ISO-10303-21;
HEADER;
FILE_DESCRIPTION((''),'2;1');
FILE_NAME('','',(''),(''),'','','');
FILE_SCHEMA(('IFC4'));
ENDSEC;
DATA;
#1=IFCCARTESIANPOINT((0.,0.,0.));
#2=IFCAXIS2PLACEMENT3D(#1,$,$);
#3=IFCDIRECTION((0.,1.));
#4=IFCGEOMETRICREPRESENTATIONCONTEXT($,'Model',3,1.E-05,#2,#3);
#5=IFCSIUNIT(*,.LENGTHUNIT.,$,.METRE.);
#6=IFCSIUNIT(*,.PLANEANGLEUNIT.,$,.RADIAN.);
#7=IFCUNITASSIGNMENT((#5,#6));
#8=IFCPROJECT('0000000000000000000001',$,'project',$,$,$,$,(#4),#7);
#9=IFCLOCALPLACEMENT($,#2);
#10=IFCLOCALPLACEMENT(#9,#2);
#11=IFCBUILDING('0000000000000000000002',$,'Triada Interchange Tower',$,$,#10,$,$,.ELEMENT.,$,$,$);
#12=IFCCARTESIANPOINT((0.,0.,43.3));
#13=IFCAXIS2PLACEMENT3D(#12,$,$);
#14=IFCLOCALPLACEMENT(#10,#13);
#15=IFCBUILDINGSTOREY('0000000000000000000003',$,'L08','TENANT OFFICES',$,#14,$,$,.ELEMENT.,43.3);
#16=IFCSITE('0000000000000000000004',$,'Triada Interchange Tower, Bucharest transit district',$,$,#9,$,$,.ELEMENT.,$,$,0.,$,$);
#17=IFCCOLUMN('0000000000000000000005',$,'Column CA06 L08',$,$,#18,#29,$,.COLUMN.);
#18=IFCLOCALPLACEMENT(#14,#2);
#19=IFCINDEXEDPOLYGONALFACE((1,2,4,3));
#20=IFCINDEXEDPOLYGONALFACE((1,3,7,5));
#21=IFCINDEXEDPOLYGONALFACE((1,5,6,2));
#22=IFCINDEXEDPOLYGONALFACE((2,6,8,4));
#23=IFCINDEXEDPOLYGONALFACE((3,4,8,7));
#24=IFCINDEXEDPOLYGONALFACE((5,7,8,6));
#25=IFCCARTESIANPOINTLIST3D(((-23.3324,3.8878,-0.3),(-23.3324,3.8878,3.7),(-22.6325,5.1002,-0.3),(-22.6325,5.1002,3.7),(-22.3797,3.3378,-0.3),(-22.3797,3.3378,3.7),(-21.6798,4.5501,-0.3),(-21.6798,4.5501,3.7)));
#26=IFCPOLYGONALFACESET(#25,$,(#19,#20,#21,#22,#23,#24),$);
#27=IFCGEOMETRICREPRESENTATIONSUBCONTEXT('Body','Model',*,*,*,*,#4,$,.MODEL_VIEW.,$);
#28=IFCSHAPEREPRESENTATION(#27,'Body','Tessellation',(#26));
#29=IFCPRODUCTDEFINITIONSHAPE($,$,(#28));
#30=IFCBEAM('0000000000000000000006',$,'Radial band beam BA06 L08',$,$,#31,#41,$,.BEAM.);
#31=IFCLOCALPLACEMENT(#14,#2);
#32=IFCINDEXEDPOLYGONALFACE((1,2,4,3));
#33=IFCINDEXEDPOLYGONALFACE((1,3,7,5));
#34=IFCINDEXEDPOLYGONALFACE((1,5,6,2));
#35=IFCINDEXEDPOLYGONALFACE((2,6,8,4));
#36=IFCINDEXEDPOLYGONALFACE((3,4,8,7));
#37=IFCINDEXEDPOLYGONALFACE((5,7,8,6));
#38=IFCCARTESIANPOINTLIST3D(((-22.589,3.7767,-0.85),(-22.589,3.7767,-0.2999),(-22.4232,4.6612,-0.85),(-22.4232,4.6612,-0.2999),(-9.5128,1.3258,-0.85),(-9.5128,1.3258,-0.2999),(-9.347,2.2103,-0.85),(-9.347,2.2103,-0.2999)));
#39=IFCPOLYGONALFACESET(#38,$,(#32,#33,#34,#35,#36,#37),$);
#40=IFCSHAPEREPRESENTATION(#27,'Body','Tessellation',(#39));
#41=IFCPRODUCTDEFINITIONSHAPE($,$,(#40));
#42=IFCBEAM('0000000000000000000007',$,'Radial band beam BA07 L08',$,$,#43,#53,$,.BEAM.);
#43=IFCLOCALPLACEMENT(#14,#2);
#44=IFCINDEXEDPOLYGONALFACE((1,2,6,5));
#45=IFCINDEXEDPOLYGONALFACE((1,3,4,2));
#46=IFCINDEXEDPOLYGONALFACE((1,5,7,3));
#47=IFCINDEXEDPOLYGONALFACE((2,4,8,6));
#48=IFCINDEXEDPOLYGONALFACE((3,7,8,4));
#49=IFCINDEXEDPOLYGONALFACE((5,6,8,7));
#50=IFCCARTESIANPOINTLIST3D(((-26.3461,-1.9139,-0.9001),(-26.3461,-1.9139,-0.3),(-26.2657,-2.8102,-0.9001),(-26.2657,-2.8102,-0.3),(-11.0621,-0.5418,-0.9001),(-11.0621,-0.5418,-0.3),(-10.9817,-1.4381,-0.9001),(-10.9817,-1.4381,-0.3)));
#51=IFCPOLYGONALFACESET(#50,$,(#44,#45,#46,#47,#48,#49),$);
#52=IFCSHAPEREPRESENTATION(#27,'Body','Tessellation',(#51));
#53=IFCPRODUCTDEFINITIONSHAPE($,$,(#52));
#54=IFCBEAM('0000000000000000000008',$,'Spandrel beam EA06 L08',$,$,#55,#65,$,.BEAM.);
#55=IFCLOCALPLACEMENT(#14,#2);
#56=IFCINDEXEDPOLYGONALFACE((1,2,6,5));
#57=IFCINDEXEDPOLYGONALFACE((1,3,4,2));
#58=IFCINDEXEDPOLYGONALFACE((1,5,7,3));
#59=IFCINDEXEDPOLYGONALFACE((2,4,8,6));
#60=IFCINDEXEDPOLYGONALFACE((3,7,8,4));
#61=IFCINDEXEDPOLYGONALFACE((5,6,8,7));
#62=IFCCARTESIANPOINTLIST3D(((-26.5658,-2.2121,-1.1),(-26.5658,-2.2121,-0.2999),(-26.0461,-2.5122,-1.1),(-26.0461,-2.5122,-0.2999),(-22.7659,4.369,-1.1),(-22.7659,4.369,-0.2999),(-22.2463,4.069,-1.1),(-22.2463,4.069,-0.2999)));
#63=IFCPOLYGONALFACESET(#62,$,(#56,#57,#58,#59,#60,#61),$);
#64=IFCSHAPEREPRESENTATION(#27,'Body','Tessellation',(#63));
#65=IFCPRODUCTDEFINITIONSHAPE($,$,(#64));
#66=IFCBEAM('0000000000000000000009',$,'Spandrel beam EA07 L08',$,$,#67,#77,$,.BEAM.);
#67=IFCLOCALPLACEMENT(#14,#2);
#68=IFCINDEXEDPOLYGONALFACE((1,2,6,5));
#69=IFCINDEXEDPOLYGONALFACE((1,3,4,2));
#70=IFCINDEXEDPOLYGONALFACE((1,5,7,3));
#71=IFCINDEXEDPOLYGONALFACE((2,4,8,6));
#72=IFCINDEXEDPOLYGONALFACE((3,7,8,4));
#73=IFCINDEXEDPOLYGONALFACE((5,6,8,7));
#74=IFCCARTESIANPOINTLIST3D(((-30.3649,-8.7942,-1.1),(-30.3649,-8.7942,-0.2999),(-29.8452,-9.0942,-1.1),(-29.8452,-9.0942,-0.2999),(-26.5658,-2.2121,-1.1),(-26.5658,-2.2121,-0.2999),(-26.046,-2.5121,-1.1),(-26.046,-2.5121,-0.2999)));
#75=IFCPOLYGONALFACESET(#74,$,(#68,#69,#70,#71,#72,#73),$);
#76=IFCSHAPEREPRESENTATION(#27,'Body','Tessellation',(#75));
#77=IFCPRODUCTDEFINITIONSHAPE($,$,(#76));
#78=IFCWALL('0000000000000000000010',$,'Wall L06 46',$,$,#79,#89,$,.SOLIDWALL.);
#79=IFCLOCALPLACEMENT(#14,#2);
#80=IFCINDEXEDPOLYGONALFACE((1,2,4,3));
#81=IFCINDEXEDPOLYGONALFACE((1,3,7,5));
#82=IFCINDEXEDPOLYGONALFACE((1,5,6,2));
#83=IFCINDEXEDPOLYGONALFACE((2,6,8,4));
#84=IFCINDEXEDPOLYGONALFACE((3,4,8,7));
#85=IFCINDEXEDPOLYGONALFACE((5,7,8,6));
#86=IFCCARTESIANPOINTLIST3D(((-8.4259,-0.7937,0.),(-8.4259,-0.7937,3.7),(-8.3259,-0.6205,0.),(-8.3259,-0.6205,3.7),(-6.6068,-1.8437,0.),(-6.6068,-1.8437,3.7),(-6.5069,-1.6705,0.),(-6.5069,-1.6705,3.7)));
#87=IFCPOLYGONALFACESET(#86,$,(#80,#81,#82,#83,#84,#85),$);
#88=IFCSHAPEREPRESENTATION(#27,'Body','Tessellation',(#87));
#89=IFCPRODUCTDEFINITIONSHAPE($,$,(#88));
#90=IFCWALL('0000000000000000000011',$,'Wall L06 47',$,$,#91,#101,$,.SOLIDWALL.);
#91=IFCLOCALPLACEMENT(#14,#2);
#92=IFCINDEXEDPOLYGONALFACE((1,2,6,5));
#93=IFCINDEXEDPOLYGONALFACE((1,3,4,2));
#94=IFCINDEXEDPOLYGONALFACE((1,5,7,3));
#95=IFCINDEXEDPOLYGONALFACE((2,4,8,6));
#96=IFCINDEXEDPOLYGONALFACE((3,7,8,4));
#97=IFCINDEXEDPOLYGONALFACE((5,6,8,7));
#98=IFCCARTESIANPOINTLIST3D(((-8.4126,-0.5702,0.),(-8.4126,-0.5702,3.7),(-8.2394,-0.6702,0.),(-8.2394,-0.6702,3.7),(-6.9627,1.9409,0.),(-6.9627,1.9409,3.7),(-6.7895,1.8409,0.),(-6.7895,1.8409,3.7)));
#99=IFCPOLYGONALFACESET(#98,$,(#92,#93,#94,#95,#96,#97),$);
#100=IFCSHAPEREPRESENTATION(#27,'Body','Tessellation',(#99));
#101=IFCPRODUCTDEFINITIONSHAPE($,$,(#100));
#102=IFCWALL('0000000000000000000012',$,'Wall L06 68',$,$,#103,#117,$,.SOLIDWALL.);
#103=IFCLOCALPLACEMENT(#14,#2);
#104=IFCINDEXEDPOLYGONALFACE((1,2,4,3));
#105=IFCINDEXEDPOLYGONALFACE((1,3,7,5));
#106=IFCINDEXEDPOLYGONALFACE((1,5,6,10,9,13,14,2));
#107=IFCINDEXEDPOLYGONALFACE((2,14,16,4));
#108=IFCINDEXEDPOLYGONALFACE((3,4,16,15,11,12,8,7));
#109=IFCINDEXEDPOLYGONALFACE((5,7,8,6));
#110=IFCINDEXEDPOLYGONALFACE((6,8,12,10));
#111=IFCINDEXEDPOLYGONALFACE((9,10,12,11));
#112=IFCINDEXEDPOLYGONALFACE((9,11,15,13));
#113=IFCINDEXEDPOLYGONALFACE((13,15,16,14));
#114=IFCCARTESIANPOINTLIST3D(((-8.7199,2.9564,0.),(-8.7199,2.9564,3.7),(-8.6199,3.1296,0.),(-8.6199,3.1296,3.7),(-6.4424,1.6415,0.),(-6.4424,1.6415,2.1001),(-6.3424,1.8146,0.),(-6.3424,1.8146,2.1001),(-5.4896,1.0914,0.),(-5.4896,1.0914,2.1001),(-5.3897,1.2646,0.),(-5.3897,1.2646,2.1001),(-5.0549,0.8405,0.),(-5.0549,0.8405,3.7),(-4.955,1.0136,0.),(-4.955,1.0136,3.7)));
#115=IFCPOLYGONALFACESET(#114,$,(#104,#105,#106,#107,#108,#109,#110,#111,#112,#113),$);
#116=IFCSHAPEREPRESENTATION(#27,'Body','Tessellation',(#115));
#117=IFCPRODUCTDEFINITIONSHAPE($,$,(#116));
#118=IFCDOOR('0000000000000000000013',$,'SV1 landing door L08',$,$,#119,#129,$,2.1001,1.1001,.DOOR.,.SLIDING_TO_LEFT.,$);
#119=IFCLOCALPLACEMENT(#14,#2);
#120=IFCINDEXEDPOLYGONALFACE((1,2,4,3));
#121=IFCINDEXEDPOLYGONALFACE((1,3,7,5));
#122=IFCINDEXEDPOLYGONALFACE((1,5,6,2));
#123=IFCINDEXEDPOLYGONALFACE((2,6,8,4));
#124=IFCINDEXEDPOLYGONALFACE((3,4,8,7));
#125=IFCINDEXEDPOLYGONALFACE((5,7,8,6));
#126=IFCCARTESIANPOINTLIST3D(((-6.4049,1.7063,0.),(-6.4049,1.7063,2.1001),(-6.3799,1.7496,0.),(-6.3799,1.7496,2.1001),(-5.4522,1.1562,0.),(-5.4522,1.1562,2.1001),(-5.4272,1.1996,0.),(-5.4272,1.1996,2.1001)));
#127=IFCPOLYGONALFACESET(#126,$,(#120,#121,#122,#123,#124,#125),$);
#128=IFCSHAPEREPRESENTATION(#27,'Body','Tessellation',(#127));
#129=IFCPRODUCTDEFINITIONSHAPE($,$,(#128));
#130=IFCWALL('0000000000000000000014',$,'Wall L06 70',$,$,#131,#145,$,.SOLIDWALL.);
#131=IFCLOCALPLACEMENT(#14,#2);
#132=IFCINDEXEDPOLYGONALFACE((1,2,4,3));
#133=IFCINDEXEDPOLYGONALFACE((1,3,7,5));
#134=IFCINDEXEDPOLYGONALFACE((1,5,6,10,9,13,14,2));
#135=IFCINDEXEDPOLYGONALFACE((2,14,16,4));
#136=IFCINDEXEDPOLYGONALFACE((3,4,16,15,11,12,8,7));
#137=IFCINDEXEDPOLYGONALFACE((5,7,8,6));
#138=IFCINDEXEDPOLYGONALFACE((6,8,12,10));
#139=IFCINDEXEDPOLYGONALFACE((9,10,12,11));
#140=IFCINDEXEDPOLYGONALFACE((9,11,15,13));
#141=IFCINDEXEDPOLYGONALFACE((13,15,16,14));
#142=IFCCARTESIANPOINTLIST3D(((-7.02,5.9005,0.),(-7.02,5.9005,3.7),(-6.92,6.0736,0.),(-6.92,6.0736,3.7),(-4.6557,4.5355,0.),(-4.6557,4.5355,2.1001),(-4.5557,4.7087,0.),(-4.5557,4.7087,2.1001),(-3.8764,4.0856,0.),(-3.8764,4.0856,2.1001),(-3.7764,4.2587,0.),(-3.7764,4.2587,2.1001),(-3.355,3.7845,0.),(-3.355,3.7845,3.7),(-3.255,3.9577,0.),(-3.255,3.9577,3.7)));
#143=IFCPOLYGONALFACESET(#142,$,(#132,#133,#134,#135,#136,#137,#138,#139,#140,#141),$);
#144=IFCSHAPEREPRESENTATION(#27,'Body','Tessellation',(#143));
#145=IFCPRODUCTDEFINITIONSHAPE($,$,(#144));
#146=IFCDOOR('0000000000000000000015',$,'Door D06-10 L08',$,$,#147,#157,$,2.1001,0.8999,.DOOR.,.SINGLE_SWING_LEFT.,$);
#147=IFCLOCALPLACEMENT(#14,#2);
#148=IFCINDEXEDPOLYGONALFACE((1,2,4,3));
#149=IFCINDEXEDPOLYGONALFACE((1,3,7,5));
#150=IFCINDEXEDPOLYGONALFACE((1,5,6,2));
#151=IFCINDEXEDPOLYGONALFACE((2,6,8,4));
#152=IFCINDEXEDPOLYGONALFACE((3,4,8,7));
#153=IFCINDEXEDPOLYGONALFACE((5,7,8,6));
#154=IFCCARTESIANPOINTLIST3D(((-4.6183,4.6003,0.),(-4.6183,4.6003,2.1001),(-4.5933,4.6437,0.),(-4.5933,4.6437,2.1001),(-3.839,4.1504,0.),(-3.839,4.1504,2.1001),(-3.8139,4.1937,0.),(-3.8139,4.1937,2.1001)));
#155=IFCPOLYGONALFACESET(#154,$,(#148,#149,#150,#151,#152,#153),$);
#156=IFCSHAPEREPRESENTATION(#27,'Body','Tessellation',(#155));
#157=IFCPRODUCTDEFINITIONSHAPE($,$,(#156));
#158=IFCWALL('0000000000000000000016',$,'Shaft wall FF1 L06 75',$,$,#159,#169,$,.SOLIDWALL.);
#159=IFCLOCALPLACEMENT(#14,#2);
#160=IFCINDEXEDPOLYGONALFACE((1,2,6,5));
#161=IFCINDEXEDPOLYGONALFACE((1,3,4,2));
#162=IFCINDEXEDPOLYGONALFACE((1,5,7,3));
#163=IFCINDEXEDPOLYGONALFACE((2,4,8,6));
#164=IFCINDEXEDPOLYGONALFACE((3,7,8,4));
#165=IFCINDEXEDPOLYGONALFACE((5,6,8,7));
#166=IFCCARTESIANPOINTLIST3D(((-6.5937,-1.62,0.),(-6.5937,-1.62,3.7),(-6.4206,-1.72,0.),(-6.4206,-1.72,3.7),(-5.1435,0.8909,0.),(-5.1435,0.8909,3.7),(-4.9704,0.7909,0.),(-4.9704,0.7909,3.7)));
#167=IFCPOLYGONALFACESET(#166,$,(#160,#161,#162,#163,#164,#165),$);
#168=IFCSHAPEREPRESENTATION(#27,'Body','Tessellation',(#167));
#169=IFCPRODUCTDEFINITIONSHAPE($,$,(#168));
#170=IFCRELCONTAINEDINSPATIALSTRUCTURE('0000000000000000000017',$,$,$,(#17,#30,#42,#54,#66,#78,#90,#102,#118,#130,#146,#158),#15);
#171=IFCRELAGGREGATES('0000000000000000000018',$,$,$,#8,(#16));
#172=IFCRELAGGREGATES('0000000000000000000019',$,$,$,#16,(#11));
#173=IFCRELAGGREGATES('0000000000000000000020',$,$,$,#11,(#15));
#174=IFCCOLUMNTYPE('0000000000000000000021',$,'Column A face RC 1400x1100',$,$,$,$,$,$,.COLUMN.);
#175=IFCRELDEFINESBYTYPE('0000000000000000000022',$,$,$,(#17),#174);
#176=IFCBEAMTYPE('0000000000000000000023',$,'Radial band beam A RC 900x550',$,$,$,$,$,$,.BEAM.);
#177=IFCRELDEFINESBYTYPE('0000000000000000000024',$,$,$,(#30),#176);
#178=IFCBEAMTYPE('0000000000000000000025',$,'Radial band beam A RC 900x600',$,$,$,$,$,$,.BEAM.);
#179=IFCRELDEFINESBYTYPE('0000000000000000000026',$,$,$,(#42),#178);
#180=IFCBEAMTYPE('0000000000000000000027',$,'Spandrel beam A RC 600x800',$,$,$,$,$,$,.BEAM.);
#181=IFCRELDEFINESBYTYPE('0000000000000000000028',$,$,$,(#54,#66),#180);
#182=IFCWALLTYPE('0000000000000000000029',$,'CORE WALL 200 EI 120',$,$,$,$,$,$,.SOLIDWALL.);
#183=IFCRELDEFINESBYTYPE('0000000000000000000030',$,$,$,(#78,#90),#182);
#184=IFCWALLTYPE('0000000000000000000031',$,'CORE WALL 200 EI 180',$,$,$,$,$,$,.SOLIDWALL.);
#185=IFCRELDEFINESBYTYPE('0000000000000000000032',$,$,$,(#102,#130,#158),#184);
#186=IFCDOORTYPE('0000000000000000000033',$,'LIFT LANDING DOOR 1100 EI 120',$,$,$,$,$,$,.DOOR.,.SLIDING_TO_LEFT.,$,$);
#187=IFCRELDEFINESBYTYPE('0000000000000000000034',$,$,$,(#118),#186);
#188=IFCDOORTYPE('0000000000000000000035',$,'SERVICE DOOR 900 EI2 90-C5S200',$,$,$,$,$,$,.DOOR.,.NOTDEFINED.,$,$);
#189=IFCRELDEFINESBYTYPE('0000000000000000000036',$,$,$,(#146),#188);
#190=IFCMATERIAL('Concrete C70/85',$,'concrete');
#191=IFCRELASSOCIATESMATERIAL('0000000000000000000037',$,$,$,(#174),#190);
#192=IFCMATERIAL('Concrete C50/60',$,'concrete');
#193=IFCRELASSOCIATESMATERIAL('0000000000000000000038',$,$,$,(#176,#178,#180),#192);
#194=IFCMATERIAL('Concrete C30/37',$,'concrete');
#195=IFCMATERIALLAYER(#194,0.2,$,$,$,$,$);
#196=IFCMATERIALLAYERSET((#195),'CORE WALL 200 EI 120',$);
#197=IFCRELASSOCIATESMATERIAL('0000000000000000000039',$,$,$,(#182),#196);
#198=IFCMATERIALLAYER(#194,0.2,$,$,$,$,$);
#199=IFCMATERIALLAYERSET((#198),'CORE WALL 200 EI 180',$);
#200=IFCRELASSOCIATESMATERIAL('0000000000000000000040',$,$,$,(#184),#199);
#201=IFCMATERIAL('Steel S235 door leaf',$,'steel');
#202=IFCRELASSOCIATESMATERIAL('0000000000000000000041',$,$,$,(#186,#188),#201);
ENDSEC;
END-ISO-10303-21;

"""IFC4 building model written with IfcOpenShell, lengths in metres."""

from ifc_helpers import new_model, si_unit, direction, frame, frame_2d, origin, origin_2d, place, context, subcontext, project, spatial, rectangle, extrude, material, layer, layer_set, material_profile, profile_set, type_object, element, fill, save


model = new_model("IFC4")

# Units and contexts
model_context = context("Model", 3, precision=1e-05, world=origin(), true_north=direction((0.0, 1.0)))
body_context = subcontext(model_context, "Body", "Model", "MODEL_VIEW")
ifc_project = project(units=[si_unit("LENGTHUNIT", "METRE"), si_unit("PLANEANGLEUNIT", "RADIAN")], contexts=[model_context])

# Site, building, storey
site_placement = place(None, origin())
site = spatial("IfcSite", under=ifc_project, at=site_placement, Name="Triada Interchange Tower, Bucharest transit district", CompositionType="ELEMENT", RefElevation=0.0)
building_placement = place(site_placement, origin())
building = spatial("IfcBuilding", under=site, at=building_placement, Name="Triada Interchange Tower", CompositionType="ELEMENT")
storey_placement = place(building_placement, frame((0.0, 0.0, 43.3)))
storey = spatial("IfcBuildingStorey", under=building, at=storey_placement, Name="L08", Description="TENANT OFFICES", CompositionType="ELEMENT", Elevation=43.3)

# Column
ifc_material_1 = material(Name="Concrete C70/85", Category="concrete")
ifc_material_profile_1 = material_profile(ifc_material_1, rectangle(XDim=1.3999, YDim=1.1001, at=origin_2d()), Name="RC 1400x1100")
ifc_profile_set_1 = profile_set([ifc_material_profile_1], Name="Concrete C70/85")
column_type = type_object("IfcColumnType", Name="Column A face RC 1400x1100", PredefinedType="COLUMN", material=ifc_profile_set_1)
column_placement = place(storey_placement, frame((-22.5061, 4.219, -0.3), z_axis=(0.0, 0.0, 1.0), x_axis=(0.5, 0.866025, 0.0)))
element("IfcColumn", 1, at=column_placement, inside=storey, type_object=column_type, Name="Column CA06 L08", PredefinedType="COLUMN", context=body_context, shape_type="SweptSolid", body=[
    extrude(rectangle(XDim=1.3999, YDim=1.1001, at=origin_2d()), origin(), (0.0, 0.0, 1.0), 4.0),
])

# Beams
ifc_material_2 = material(Name="Concrete C50/60", Category="concrete")
ifc_material_profile_2 = material_profile(ifc_material_2, rectangle(XDim=0.8999, YDim=0.55, at=origin_2d()), Name="RC 900x550")
ifc_profile_set_2 = profile_set([ifc_material_profile_2], Name="Concrete C50/60")
beam_type_1 = type_object("IfcBeamType", Name="Radial band beam A RC 900x550", PredefinedType="BEAM", material=ifc_profile_set_2)
beam_1_placement = place(storey_placement, frame((-22.5061, 4.219, -0.575), z_axis=(0.982884, -0.184226, 0.0), x_axis=(0.184226, 0.982884, 0.0)))
element("IfcBeam", 2, at=beam_1_placement, inside=storey, type_object=beam_type_1, Name="Radial band beam BA06 L08", PredefinedType="BEAM", context=body_context, shape_type="SweptSolid", body=[
    extrude(rectangle(XDim=0.8999, YDim=0.55, at=origin_2d()), origin(), (0.0, 0.0, 1.0), 13.304),
])
ifc_material_profile_3 = material_profile(ifc_material_2, rectangle(XDim=0.8999, YDim=0.6001, at=origin_2d()), Name="RC 900x600")
ifc_profile_set_3 = profile_set([ifc_material_profile_3], Name="Concrete C50/60")
beam_type_2 = type_object("IfcBeamType", Name="Radial band beam A RC 900x600", PredefinedType="BEAM", material=ifc_profile_set_3)
beam_2_placement = place(storey_placement, frame((-26.3059, -2.3621, -0.6001), z_axis=(0.995995, 0.089412, 0.0), x_axis=(-0.089412, 0.995995, 0.0)))
element("IfcBeam", 3, at=beam_2_placement, inside=storey, type_object=beam_type_2, Name="Radial band beam BA07 L08", PredefinedType="BEAM", context=body_context, shape_type="SweptSolid", body=[
    extrude(rectangle(XDim=0.8999, YDim=0.6001, at=origin_2d()), origin(), (0.0, 0.0, 1.0), 15.3455),
])
ifc_material_profile_4 = material_profile(ifc_material_2, rectangle(XDim=0.6001, YDim=0.8, at=origin_2d()), Name="RC 600x800")
ifc_profile_set_4 = profile_set([ifc_material_profile_4], Name="Concrete C50/60")
beam_type_3 = type_object("IfcBeamType", Name="Spandrel beam A RC 600x800", PredefinedType="BEAM", material=ifc_profile_set_4)
beam_3_placement = place(storey_placement, frame((-22.5061, 4.219, -0.7), z_axis=(-0.500023, -0.866012, 0.0), x_axis=(0.866012, -0.500023, 0.0)))
element("IfcBeam", 4, at=beam_3_placement, inside=storey, type_object=beam_type_3, Name="Spandrel beam EA06 L08", PredefinedType="BEAM", context=body_context, shape_type="SweptSolid", body=[
    extrude(rectangle(XDim=0.6001, YDim=0.8, at=origin_2d()), origin(), (0.0, 0.0, 1.0), 7.5994),
])
beam_4_placement = place(storey_placement, frame((-26.3059, -2.3621, -0.7), z_axis=(-0.499895, -0.866086, 0.0), x_axis=(0.866086, -0.499895, 0.0)))
element("IfcBeam", 5, at=beam_4_placement, inside=storey, type_object=beam_type_3, Name="Spandrel beam EA07 L08", PredefinedType="BEAM", context=body_context, shape_type="SweptSolid", body=[
    extrude(rectangle(XDim=0.6001, YDim=0.8, at=origin_2d()), origin(), (0.0, 0.0, 1.0), 7.5999),
])

# Walls
ifc_material_3 = material(Name="Concrete C30/37", Category="concrete")
ifc_layer_1 = layer(ifc_material_3, 0.2)
ifc_layer_set_1 = layer_set([ifc_layer_1], Name="CORE WALL 200 EI 120")
wall_type_1 = type_object("IfcWallType", Name="CORE WALL 200 EI 120", PredefinedType="SOLIDWALL", material=ifc_layer_set_1)
wall_1_placement = place(storey_placement, frame((-8.376, -0.707, 0.0), z_axis=(0.0, 0.0, 1.0), x_axis=(0.866068, -0.499927, 0.0)))
element("IfcWall", 6, at=wall_1_placement, inside=storey, type_object=wall_type_1, Name="Wall L06 46", PredefinedType="SOLIDWALL", context=body_context, shape_type="SweptSolid", body=[
    extrude(rectangle(XDim=2.1003, YDim=0.2, at=frame_2d((1.0503, 0.0))), origin(), (0.0, 0.0, 1.0), 3.7),
])
wall_2_placement = place(storey_placement, frame((-8.3259, -0.6201, 0.0), z_axis=(0.0, 0.0, 1.0), x_axis=(0.500024, 0.866012, 0.0)))
element("IfcWall", 7, at=wall_2_placement, inside=storey, type_object=wall_type_1, Name="Wall L06 47", PredefinedType="SOLIDWALL", context=body_context, shape_type="SweptSolid", body=[
    extrude(rectangle(XDim=2.8997, YDim=0.2, at=frame_2d((1.4497, 0.0))), origin(), (0.0, 0.0, 1.0), 3.7),
])

# Walls, openings, doors
ifc_layer_2 = layer(ifc_material_3, 0.2)
ifc_layer_set_2 = layer_set([ifc_layer_2], Name="CORE WALL 200 EI 180")
wall_type_2 = type_object("IfcWallType", Name="CORE WALL 200 EI 180", PredefinedType="SOLIDWALL", material=ifc_layer_set_2)
wall_3_placement = place(storey_placement, frame((-8.6699, 3.043, 0.0), z_axis=(0.0, 0.0, 1.0), x_axis=(0.86603, -0.499992, 0.0)))
wall_3 = element("IfcWall", 8, at=wall_3_placement, inside=storey, type_object=wall_type_2, Name="Wall L06 68", PredefinedType="SOLIDWALL", context=body_context, shape_type="SweptSolid", body=[
    extrude(rectangle(XDim=4.2319, YDim=0.2, at=frame_2d((2.116, 0.0))), origin(), (0.0, 0.0, 1.0), 3.7),
])
opening_1_placement = place(wall_3_placement, frame((2.6299, 0.0, 0.0)))
opening_1 = element("IfcOpeningElement", 9, at=opening_1_placement, cuts=wall_3, PredefinedType="OPENING", context=body_context, shape_type="SweptSolid", body=[
    extrude(rectangle(XDim=1.1001, YDim=2.1001, at=frame_2d((0.55, 1.05))), frame((0.0, 0.1099, 0.0), z_axis=(0.0, -1.0, 0.0), x_axis=(1.0, 0.0, 0.0)), (0.0, 0.0, 1.0), 0.22),
])
ifc_material_4 = material(Name="Steel S235 door leaf", Category="steel")
door_type_1 = type_object("IfcDoorType", Name="LIFT LANDING DOOR 1100 EI 120", OperationType="SLIDING_TO_LEFT", PredefinedType="DOOR", material=ifc_material_4)
door_1_placement = place(opening_1_placement, origin())
door_1 = element("IfcDoor", 10, at=door_1_placement, inside=storey, type_object=door_type_1, Name="SV1 landing door L08", OperationType="SLIDING_TO_LEFT", OverallHeight=2.1001, OverallWidth=1.1001, PredefinedType="DOOR", context=body_context, shape_type="SweptSolid", body=[
    extrude(rectangle(XDim=1.1001, YDim=2.1001, at=frame_2d((0.55, 1.05))), frame((0.0, 0.0249, 0.0), z_axis=(0.0, -1.0, 0.0), x_axis=(1.0, 0.0, 0.0)), (0.0, 0.0, 1.0), 0.05),
])
fill(opening_1, door_1)
wall_4_placement = place(storey_placement, frame((-6.97, 5.9871, 0.0), z_axis=(0.0, 0.0, 1.0), x_axis=(0.86603, -0.499992, 0.0)))
wall_4 = element("IfcWall", 11, at=wall_4_placement, inside=storey, type_object=wall_type_2, Name="Wall L06 70", PredefinedType="SOLIDWALL", context=body_context, shape_type="SweptSolid", body=[
    extrude(rectangle(XDim=4.2319, YDim=0.2, at=frame_2d((2.116, 0.0))), origin(), (0.0, 0.0, 1.0), 3.7),
])
opening_2_placement = place(wall_4_placement, frame((2.73, 0.0, 0.0)))
opening_2 = element("IfcOpeningElement", 12, at=opening_2_placement, cuts=wall_4, PredefinedType="OPENING", context=body_context, shape_type="SweptSolid", body=[
    extrude(rectangle(XDim=0.8999, YDim=2.1001, at=frame_2d((0.45, 1.05))), frame((0.0, 0.1099, 0.0), z_axis=(0.0, -1.0, 0.0), x_axis=(1.0, 0.0, 0.0)), (0.0, 0.0, 1.0), 0.22),
])
door_type_2 = type_object("IfcDoorType", Name="SERVICE DOOR 900 EI2 90-C5S200", OperationType="NOTDEFINED", PredefinedType="DOOR", material=ifc_material_4)
door_2_placement = place(opening_2_placement, origin())
door_2 = element("IfcDoor", 13, at=door_2_placement, inside=storey, type_object=door_type_2, Name="Door D06-10 L08", OperationType="SINGLE_SWING_LEFT", OverallHeight=2.1001, OverallWidth=0.8999, PredefinedType="DOOR", context=body_context, shape_type="SweptSolid", body=[
    extrude(rectangle(XDim=0.8999, YDim=2.1001, at=frame_2d((0.45, 1.05))), frame((0.0, 0.0249, 0.0), z_axis=(0.0, -1.0, 0.0), x_axis=(1.0, 0.0, 0.0)), (0.0, 0.0, 1.0), 0.05),
])
fill(opening_2, door_2)

# Wall
wall_5_placement = place(storey_placement, frame((-6.5071, -1.6699, 0.0), z_axis=(0.0, 0.0, 1.0), x_axis=(0.500123, 0.865954, 0.0)))
element("IfcWall", 14, at=wall_5_placement, inside=storey, type_object=wall_type_2, Name="Shaft wall FF1 L06 75", PredefinedType="SOLIDWALL", context=body_context, shape_type="SweptSolid", body=[
    extrude(rectangle(XDim=2.8997, YDim=0.2, at=frame_2d((1.4497, 0.0))), origin(), (0.0, 0.0, 1.0), 3.7),
])

save(model, "model.ifc")
